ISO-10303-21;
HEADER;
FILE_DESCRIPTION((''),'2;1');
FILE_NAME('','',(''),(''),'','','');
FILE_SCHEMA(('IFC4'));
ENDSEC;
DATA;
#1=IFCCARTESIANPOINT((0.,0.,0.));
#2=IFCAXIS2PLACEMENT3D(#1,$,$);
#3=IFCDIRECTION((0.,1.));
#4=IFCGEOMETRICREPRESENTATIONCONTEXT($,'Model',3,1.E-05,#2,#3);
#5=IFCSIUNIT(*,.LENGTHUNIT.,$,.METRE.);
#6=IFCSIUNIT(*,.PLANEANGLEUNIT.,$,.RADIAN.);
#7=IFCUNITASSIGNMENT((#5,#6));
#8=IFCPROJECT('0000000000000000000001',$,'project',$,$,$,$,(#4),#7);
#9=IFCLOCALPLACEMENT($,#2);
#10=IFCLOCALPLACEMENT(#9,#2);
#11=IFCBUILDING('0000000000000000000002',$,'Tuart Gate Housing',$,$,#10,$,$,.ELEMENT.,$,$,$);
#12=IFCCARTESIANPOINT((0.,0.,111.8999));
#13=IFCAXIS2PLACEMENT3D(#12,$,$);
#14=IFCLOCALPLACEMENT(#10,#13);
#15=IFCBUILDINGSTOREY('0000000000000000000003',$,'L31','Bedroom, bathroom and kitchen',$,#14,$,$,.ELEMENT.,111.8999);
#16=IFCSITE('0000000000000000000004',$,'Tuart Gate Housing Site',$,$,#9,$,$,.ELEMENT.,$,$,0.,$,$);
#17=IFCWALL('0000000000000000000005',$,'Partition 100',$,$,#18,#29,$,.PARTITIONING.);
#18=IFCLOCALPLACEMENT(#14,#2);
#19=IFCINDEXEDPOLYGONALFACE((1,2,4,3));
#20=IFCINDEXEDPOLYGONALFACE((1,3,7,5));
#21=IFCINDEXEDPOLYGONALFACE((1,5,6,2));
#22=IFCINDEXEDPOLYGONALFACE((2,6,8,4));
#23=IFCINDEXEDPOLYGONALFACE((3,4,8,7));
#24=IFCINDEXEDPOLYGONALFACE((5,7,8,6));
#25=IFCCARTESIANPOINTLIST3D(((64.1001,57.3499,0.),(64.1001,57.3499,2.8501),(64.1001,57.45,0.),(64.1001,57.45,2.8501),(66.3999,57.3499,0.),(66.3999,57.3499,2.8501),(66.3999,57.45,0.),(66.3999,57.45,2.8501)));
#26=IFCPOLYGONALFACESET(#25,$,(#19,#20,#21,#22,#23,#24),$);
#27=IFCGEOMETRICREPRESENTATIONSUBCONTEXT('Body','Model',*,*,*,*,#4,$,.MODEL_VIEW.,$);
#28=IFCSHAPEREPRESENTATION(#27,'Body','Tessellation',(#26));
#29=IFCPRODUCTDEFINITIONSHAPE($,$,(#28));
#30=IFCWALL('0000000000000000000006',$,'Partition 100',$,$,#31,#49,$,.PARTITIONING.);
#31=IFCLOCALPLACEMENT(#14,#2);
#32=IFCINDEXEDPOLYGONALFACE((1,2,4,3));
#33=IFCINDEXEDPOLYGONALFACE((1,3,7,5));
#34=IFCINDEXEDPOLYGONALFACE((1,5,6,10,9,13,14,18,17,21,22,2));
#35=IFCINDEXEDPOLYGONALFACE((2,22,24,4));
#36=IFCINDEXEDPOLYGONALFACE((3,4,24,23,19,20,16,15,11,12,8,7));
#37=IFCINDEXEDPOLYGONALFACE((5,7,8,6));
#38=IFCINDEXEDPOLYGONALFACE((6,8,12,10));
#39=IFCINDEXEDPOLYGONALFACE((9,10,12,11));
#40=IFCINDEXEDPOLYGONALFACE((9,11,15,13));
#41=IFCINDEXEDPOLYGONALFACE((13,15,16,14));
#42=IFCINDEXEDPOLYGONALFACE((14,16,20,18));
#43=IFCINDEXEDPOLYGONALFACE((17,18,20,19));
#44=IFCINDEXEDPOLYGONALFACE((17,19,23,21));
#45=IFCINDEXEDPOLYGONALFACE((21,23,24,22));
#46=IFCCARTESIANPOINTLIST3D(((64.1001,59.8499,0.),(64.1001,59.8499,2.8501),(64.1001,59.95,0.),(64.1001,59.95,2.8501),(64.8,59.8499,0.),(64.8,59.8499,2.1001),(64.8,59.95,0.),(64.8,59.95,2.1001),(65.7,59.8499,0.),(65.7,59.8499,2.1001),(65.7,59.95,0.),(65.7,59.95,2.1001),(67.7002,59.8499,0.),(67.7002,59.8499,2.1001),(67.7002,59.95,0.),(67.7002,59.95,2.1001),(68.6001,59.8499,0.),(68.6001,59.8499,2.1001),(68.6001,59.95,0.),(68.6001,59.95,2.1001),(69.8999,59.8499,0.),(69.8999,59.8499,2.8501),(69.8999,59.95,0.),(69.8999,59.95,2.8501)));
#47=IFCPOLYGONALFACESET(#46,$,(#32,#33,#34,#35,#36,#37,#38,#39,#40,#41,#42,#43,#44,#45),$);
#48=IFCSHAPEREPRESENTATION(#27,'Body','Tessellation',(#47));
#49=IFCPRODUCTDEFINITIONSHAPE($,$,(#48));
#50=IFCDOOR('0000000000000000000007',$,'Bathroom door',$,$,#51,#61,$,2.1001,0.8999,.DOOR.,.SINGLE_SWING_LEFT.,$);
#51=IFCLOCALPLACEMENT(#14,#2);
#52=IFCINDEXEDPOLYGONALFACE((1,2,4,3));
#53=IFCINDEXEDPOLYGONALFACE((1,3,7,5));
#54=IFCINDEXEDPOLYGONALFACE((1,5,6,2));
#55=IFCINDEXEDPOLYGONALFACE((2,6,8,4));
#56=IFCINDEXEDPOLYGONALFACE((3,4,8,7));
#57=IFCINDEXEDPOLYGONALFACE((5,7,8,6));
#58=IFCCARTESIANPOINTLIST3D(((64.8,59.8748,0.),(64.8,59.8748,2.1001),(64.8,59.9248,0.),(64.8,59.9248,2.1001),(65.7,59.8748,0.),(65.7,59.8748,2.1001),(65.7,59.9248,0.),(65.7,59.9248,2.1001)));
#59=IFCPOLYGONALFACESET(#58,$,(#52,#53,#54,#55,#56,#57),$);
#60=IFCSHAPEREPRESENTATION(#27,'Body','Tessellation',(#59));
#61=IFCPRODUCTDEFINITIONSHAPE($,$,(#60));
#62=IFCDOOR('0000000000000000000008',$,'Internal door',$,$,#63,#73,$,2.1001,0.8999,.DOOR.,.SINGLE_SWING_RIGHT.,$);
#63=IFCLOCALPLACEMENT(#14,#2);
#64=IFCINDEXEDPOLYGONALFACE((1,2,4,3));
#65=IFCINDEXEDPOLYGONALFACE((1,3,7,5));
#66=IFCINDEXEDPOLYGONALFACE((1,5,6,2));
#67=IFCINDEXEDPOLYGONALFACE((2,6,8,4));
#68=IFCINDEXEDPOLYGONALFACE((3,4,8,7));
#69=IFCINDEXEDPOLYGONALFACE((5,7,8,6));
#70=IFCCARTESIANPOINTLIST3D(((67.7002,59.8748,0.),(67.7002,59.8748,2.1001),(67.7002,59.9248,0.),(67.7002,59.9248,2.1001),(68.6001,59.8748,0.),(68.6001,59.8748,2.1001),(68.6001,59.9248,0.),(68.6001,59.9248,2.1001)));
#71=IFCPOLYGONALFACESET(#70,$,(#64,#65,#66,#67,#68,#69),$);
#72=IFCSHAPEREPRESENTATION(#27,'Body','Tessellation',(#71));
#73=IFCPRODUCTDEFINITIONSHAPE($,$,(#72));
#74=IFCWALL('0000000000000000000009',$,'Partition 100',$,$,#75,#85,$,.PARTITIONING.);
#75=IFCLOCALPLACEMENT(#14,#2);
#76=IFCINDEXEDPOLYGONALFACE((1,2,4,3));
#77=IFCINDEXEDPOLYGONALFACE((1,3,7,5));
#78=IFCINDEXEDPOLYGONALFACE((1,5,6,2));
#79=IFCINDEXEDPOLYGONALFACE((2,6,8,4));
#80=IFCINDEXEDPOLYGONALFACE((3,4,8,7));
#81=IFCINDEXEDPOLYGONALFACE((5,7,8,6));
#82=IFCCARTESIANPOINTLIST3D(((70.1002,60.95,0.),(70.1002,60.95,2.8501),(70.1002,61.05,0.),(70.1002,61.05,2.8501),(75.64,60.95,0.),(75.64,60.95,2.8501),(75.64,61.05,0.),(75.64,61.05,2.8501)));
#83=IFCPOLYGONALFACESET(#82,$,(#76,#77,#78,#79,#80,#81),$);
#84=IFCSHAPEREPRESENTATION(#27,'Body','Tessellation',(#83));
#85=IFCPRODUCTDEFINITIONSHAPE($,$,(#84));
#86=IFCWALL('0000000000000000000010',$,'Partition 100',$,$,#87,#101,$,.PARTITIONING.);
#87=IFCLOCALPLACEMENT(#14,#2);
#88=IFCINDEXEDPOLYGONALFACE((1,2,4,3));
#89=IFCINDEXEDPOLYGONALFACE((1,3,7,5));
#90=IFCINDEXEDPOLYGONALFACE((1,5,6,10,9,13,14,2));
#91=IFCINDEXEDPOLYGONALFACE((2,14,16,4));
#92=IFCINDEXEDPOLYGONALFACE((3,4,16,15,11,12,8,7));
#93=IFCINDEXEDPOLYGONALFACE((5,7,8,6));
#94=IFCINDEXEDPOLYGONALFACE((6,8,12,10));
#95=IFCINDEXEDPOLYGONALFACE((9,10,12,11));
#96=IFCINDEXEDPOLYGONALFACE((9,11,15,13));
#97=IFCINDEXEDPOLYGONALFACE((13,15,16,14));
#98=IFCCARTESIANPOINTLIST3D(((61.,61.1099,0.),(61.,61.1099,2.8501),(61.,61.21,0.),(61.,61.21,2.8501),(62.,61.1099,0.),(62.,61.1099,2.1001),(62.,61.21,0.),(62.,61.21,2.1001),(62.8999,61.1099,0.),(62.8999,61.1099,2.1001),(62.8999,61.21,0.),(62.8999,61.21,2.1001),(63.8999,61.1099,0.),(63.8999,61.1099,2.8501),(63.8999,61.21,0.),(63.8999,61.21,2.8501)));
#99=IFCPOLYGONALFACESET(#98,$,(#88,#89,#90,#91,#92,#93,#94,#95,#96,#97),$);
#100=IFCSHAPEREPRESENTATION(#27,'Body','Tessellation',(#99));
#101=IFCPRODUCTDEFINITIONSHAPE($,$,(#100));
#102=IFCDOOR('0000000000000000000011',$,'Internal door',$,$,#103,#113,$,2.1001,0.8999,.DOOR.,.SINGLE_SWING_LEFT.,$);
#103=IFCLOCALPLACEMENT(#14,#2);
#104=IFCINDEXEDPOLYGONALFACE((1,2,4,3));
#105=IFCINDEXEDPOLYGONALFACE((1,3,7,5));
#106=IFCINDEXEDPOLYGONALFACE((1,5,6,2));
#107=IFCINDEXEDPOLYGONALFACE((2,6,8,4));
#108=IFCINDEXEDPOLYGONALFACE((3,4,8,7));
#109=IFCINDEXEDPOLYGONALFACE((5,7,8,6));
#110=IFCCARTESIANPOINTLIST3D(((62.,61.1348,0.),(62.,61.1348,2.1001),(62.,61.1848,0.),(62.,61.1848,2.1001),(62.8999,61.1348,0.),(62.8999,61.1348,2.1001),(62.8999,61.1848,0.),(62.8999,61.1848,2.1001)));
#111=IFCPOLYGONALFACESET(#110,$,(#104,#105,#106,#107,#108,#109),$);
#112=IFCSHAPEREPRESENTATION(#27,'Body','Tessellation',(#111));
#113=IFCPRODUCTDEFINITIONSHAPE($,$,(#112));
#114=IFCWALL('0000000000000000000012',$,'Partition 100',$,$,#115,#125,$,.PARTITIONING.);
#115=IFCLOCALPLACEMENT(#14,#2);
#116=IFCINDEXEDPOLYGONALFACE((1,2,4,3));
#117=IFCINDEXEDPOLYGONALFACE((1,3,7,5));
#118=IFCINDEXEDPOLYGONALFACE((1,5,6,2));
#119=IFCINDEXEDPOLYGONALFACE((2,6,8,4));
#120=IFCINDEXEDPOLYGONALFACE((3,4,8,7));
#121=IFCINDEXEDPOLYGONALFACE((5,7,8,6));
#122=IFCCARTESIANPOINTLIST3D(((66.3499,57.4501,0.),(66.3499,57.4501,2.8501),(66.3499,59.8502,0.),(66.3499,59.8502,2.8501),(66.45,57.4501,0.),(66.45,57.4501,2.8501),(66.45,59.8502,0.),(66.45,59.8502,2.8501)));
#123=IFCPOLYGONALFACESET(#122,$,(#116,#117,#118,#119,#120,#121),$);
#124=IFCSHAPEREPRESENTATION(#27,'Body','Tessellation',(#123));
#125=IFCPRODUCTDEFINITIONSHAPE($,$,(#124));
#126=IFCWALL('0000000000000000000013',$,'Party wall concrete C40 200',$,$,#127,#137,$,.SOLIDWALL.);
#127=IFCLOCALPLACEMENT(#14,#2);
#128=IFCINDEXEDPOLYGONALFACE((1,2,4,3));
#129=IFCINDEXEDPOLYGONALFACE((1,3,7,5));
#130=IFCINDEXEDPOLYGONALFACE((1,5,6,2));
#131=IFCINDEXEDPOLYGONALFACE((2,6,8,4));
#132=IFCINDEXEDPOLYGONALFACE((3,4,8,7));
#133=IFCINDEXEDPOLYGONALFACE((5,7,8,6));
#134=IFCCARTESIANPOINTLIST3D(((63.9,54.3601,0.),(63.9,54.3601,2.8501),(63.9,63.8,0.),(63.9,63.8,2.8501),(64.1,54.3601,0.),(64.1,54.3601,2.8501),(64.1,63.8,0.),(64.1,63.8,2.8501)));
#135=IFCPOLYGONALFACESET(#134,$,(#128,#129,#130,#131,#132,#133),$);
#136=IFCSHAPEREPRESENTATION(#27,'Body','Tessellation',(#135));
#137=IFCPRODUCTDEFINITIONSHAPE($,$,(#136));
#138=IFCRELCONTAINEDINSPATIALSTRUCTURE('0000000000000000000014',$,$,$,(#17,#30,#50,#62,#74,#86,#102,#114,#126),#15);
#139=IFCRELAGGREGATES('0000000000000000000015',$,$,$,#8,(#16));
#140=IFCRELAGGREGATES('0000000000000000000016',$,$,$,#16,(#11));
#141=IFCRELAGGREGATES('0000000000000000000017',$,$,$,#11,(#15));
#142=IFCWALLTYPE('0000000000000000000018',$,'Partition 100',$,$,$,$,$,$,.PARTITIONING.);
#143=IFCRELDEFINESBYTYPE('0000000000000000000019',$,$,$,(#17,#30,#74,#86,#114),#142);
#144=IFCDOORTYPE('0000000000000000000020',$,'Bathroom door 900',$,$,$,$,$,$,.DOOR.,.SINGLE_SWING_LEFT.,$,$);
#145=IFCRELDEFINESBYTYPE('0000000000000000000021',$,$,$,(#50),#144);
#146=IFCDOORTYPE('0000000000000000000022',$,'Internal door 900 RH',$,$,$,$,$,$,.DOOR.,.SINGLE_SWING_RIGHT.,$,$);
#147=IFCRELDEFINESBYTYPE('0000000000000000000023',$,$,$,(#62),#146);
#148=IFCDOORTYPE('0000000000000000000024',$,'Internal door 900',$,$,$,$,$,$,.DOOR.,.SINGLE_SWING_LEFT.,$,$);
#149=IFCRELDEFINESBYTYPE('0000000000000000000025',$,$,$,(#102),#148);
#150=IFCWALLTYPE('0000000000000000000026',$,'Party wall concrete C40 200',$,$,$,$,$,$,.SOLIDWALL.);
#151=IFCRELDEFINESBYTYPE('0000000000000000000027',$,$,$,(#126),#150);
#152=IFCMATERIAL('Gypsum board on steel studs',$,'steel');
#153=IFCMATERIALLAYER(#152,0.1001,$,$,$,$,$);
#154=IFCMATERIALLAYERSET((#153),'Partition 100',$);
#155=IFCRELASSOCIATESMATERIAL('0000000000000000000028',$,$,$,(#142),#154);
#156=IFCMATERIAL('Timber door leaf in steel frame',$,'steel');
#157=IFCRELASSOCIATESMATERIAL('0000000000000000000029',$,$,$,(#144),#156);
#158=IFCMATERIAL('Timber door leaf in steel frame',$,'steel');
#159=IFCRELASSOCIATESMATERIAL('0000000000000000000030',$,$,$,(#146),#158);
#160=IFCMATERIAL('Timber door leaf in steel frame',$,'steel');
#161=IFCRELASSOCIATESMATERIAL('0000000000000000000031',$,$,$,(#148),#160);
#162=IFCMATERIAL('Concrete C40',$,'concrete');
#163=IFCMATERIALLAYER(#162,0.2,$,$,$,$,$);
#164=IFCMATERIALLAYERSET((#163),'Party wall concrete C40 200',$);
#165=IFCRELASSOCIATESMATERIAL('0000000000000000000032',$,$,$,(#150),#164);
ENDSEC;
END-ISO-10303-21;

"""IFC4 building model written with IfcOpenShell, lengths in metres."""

from ifc_helpers import new_model, si_unit, direction, frame, frame_2d, origin, place, context, subcontext, project, spatial, rectangle, extrude, material, layer, layer_set, type_object, element, fill, save


model = new_model("IFC4")

# Units and contexts
model_context = context("Model", 3, precision=1e-05, world=origin(), true_north=direction((0.0, 1.0)))
body_context = subcontext(model_context, "Body", "Model", "MODEL_VIEW")
ifc_project = project(units=[si_unit("LENGTHUNIT", "METRE"), si_unit("PLANEANGLEUNIT", "RADIAN")], contexts=[model_context])

# Site, building, storey
site_placement = place(None, origin())
site = spatial("IfcSite", under=ifc_project, at=site_placement, Name="Tuart Gate Housing Site", CompositionType="ELEMENT", RefElevation=0.0)
building_placement = place(site_placement, origin())
building = spatial("IfcBuilding", under=site, at=building_placement, Name="Tuart Gate Housing", CompositionType="ELEMENT")
storey_placement = place(building_placement, frame((0.0, 0.0, 111.8999)))
storey = spatial("IfcBuildingStorey", under=building, at=storey_placement, Name="L31", Description="Bedroom, bathroom and kitchen", CompositionType="ELEMENT", Elevation=111.8999)

# Wall
ifc_material_1 = material(Name="Gypsum board on steel studs", Category="steel")
ifc_layer_1 = layer(ifc_material_1, 0.1001)
ifc_layer_set_1 = layer_set([ifc_layer_1], Name="Partition 100")
wall_type_1 = type_object("IfcWallType", Name="Partition 100", PredefinedType="PARTITIONING", material=ifc_layer_set_1)
wall_1_placement = place(storey_placement, frame((64.1001, 57.3999, 0.0), z_axis=(0.0, 0.0, 1.0), x_axis=(1.0, 0.0, 0.0)))
element("IfcWall", 1, at=wall_1_placement, inside=storey, type_object=wall_type_1, Name="Partition 100", PredefinedType="PARTITIONING", context=body_context, shape_type="SweptSolid", body=[
    extrude(rectangle(XDim=2.2998, YDim=0.1001, at=frame_2d((1.1499, 0.0))), origin(), (0.0, 0.0, 1.0), 2.8501),
])

# Wall, openings, doors
wall_2_placement = place(storey_placement, frame((64.1001, 59.8999, 0.0), z_axis=(0.0, 0.0, 1.0), x_axis=(1.0, 0.0, 0.0)))
wall_2 = element("IfcWall", 2, at=wall_2_placement, inside=storey, type_object=wall_type_1, Name="Partition 100", PredefinedType="PARTITIONING", context=body_context, shape_type="SweptSolid", body=[
    extrude(rectangle(XDim=5.7998, YDim=0.1001, at=frame_2d((2.8999, 0.0))), origin(), (0.0, 0.0, 1.0), 2.8501),
])
opening_1_placement = place(wall_2_placement, frame((3.6001, 0.0, 0.0)))
opening_1 = element("IfcOpeningElement", 3, at=opening_1_placement, cuts=wall_2, PredefinedType="OPENING", context=body_context, shape_type="SweptSolid", body=[
    extrude(rectangle(XDim=0.8999, YDim=2.1001, at=frame_2d((0.45, 1.05))), frame((0.0, 0.0601, 0.0), z_axis=(0.0, -1.0, 0.0), x_axis=(1.0, 0.0, 0.0)), (0.0, 0.0, 1.0), 0.1201),
])
opening_2_placement = place(wall_2_placement, frame((0.7, 0.0, 0.0)))
opening_2 = element("IfcOpeningElement", 4, at=opening_2_placement, cuts=wall_2, PredefinedType="OPENING", context=body_context, shape_type="SweptSolid", body=[
    extrude(rectangle(XDim=0.8999, YDim=2.1001, at=frame_2d((0.45, 1.05))), frame((0.0, 0.0601, 0.0), z_axis=(0.0, -1.0, 0.0), x_axis=(1.0, 0.0, 0.0)), (0.0, 0.0, 1.0), 0.1201),
])
ifc_material_2 = material(Name="Timber door leaf in steel frame", Category="steel")
door_type_1 = type_object("IfcDoorType", Name="Bathroom door 900", OperationType="SINGLE_SWING_LEFT", PredefinedType="DOOR", material=ifc_material_2)
door_1_placement = place(opening_2_placement, frame((0.8999, 0.0, 0.0), z_axis=(0.0, 0.0, 1.0), x_axis=(-1.0, 0.0, 0.0)))
door_1 = element("IfcDoor", 5, at=door_1_placement, inside=storey, type_object=door_type_1, Name="Bathroom door", OperationType="SINGLE_SWING_LEFT", OverallHeight=2.1001, OverallWidth=0.8999, PredefinedType="DOOR", context=body_context, shape_type="SweptSolid", body=[
    extrude(rectangle(XDim=0.8999, YDim=2.1001, at=frame_2d((0.45, 1.05))), frame((0.0, 0.0251, 0.0), z_axis=(0.0, -1.0, 0.0), x_axis=(1.0, 0.0, 0.0)), (0.0, 0.0, 1.0), 0.05),
])
fill(opening_2, door_1)
ifc_material_3 = material(Name="Timber door leaf in steel frame", Category="steel")
door_type_2 = type_object("IfcDoorType", Name="Internal door 900 RH", OperationType="SINGLE_SWING_RIGHT", PredefinedType="DOOR", material=ifc_material_3)
door_2_placement = place(opening_1_placement, origin())
door_2 = element("IfcDoor", 6, at=door_2_placement, inside=storey, type_object=door_type_2, Name="Internal door", OperationType="SINGLE_SWING_RIGHT", OverallHeight=2.1001, OverallWidth=0.8999, PredefinedType="DOOR", context=body_context, shape_type="SweptSolid", body=[
    extrude(rectangle(XDim=0.8999, YDim=2.1001, at=frame_2d((0.45, 1.05))), frame((0.0, 0.0249, 0.0), z_axis=(0.0, -1.0, 0.0), x_axis=(1.0, 0.0, 0.0)), (0.0, 0.0, 1.0), 0.05),
])
fill(opening_1, door_2)

# Wall
wall_3_placement = place(storey_placement, frame((70.1001, 61.0, 0.0), z_axis=(0.0, 0.0, 1.0), x_axis=(1.0, 0.0, 0.0)))
element("IfcWall", 7, at=wall_3_placement, inside=storey, type_object=wall_type_1, Name="Partition 100", PredefinedType="PARTITIONING", context=body_context, shape_type="SweptSolid", body=[
    extrude(rectangle(XDim=5.5398, YDim=0.1001, at=frame_2d((2.77, 0.0))), origin(), (0.0, 0.0, 1.0), 2.8501),
])

# Wall, opening, door
wall_4_placement = place(storey_placement, frame((61.0, 61.1599, 0.0), z_axis=(0.0, 0.0, 1.0), x_axis=(1.0, 0.0, 0.0)))
wall_4 = element("IfcWall", 8, at=wall_4_placement, inside=storey, type_object=wall_type_1, Name="Partition 100", PredefinedType="PARTITIONING", context=body_context, shape_type="SweptSolid", body=[
    extrude(rectangle(XDim=2.8999, YDim=0.1001, at=frame_2d((1.45, 0.0))), origin(), (0.0, 0.0, 1.0), 2.8501),
])
opening_3_placement = place(wall_4_placement, frame((1.0, 0.0, 0.0)))
opening_3 = element("IfcOpeningElement", 9, at=opening_3_placement, cuts=wall_4, PredefinedType="OPENING", context=body_context, shape_type="SweptSolid", body=[
    extrude(rectangle(XDim=0.8999, YDim=2.1001, at=frame_2d((0.45, 1.05))), frame((0.0, 0.0601, 0.0), z_axis=(0.0, -1.0, 0.0), x_axis=(1.0, 0.0, 0.0)), (0.0, 0.0, 1.0), 0.1201),
])
ifc_material_4 = material(Name="Timber door leaf in steel frame", Category="steel")
door_type_3 = type_object("IfcDoorType", Name="Internal door 900", OperationType="SINGLE_SWING_LEFT", PredefinedType="DOOR", material=ifc_material_4)
door_3_placement = place(opening_3_placement, origin())
door_3 = element("IfcDoor", 10, at=door_3_placement, inside=storey, type_object=door_type_3, Name="Internal door", OperationType="SINGLE_SWING_LEFT", OverallHeight=2.1001, OverallWidth=0.8999, PredefinedType="DOOR", context=body_context, shape_type="SweptSolid", body=[
    extrude(rectangle(XDim=0.8999, YDim=2.1001, at=frame_2d((0.45, 1.05))), frame((0.0, 0.0249, 0.0), z_axis=(0.0, -1.0, 0.0), x_axis=(1.0, 0.0, 0.0)), (0.0, 0.0, 1.0), 0.05),
])
fill(opening_3, door_3)

# Walls
wall_5_placement = place(storey_placement, frame((66.3999, 57.45, 0.0), z_axis=(0.0, 0.0, 1.0), x_axis=(0.0, 1.0, 0.0)))
element("IfcWall", 11, at=wall_5_placement, inside=storey, type_object=wall_type_1, Name="Partition 100", PredefinedType="PARTITIONING", context=body_context, shape_type="SweptSolid", body=[
    extrude(rectangle(XDim=2.4001, YDim=0.1001, at=frame_2d((1.2002, 0.0))), origin(), (0.0, 0.0, 1.0), 2.8501),
])
ifc_material_5 = material(Name="Concrete C40", Category="concrete")
ifc_layer_2 = layer(ifc_material_5, 0.2)
ifc_layer_set_2 = layer_set([ifc_layer_2], Name="Party wall concrete C40 200")
wall_type_2 = type_object("IfcWallType", Name="Party wall concrete C40 200", PredefinedType="SOLIDWALL", material=ifc_layer_set_2)
wall_6_placement = place(storey_placement, frame((64.0, 54.3601, 0.0), z_axis=(0.0, 0.0, 1.0), x_axis=(0.0, 1.0, 0.0)))
element("IfcWall", 12, at=wall_6_placement, inside=storey, type_object=wall_type_2, Name="Party wall concrete C40 200", PredefinedType="SOLIDWALL", context=body_context, shape_type="SweptSolid", body=[
    extrude(rectangle(XDim=9.4399, YDim=0.2, at=frame_2d((4.72, 0.0))), origin(), (0.0, 0.0, 1.0), 2.8501),
])

save(model, "model.ifc")
